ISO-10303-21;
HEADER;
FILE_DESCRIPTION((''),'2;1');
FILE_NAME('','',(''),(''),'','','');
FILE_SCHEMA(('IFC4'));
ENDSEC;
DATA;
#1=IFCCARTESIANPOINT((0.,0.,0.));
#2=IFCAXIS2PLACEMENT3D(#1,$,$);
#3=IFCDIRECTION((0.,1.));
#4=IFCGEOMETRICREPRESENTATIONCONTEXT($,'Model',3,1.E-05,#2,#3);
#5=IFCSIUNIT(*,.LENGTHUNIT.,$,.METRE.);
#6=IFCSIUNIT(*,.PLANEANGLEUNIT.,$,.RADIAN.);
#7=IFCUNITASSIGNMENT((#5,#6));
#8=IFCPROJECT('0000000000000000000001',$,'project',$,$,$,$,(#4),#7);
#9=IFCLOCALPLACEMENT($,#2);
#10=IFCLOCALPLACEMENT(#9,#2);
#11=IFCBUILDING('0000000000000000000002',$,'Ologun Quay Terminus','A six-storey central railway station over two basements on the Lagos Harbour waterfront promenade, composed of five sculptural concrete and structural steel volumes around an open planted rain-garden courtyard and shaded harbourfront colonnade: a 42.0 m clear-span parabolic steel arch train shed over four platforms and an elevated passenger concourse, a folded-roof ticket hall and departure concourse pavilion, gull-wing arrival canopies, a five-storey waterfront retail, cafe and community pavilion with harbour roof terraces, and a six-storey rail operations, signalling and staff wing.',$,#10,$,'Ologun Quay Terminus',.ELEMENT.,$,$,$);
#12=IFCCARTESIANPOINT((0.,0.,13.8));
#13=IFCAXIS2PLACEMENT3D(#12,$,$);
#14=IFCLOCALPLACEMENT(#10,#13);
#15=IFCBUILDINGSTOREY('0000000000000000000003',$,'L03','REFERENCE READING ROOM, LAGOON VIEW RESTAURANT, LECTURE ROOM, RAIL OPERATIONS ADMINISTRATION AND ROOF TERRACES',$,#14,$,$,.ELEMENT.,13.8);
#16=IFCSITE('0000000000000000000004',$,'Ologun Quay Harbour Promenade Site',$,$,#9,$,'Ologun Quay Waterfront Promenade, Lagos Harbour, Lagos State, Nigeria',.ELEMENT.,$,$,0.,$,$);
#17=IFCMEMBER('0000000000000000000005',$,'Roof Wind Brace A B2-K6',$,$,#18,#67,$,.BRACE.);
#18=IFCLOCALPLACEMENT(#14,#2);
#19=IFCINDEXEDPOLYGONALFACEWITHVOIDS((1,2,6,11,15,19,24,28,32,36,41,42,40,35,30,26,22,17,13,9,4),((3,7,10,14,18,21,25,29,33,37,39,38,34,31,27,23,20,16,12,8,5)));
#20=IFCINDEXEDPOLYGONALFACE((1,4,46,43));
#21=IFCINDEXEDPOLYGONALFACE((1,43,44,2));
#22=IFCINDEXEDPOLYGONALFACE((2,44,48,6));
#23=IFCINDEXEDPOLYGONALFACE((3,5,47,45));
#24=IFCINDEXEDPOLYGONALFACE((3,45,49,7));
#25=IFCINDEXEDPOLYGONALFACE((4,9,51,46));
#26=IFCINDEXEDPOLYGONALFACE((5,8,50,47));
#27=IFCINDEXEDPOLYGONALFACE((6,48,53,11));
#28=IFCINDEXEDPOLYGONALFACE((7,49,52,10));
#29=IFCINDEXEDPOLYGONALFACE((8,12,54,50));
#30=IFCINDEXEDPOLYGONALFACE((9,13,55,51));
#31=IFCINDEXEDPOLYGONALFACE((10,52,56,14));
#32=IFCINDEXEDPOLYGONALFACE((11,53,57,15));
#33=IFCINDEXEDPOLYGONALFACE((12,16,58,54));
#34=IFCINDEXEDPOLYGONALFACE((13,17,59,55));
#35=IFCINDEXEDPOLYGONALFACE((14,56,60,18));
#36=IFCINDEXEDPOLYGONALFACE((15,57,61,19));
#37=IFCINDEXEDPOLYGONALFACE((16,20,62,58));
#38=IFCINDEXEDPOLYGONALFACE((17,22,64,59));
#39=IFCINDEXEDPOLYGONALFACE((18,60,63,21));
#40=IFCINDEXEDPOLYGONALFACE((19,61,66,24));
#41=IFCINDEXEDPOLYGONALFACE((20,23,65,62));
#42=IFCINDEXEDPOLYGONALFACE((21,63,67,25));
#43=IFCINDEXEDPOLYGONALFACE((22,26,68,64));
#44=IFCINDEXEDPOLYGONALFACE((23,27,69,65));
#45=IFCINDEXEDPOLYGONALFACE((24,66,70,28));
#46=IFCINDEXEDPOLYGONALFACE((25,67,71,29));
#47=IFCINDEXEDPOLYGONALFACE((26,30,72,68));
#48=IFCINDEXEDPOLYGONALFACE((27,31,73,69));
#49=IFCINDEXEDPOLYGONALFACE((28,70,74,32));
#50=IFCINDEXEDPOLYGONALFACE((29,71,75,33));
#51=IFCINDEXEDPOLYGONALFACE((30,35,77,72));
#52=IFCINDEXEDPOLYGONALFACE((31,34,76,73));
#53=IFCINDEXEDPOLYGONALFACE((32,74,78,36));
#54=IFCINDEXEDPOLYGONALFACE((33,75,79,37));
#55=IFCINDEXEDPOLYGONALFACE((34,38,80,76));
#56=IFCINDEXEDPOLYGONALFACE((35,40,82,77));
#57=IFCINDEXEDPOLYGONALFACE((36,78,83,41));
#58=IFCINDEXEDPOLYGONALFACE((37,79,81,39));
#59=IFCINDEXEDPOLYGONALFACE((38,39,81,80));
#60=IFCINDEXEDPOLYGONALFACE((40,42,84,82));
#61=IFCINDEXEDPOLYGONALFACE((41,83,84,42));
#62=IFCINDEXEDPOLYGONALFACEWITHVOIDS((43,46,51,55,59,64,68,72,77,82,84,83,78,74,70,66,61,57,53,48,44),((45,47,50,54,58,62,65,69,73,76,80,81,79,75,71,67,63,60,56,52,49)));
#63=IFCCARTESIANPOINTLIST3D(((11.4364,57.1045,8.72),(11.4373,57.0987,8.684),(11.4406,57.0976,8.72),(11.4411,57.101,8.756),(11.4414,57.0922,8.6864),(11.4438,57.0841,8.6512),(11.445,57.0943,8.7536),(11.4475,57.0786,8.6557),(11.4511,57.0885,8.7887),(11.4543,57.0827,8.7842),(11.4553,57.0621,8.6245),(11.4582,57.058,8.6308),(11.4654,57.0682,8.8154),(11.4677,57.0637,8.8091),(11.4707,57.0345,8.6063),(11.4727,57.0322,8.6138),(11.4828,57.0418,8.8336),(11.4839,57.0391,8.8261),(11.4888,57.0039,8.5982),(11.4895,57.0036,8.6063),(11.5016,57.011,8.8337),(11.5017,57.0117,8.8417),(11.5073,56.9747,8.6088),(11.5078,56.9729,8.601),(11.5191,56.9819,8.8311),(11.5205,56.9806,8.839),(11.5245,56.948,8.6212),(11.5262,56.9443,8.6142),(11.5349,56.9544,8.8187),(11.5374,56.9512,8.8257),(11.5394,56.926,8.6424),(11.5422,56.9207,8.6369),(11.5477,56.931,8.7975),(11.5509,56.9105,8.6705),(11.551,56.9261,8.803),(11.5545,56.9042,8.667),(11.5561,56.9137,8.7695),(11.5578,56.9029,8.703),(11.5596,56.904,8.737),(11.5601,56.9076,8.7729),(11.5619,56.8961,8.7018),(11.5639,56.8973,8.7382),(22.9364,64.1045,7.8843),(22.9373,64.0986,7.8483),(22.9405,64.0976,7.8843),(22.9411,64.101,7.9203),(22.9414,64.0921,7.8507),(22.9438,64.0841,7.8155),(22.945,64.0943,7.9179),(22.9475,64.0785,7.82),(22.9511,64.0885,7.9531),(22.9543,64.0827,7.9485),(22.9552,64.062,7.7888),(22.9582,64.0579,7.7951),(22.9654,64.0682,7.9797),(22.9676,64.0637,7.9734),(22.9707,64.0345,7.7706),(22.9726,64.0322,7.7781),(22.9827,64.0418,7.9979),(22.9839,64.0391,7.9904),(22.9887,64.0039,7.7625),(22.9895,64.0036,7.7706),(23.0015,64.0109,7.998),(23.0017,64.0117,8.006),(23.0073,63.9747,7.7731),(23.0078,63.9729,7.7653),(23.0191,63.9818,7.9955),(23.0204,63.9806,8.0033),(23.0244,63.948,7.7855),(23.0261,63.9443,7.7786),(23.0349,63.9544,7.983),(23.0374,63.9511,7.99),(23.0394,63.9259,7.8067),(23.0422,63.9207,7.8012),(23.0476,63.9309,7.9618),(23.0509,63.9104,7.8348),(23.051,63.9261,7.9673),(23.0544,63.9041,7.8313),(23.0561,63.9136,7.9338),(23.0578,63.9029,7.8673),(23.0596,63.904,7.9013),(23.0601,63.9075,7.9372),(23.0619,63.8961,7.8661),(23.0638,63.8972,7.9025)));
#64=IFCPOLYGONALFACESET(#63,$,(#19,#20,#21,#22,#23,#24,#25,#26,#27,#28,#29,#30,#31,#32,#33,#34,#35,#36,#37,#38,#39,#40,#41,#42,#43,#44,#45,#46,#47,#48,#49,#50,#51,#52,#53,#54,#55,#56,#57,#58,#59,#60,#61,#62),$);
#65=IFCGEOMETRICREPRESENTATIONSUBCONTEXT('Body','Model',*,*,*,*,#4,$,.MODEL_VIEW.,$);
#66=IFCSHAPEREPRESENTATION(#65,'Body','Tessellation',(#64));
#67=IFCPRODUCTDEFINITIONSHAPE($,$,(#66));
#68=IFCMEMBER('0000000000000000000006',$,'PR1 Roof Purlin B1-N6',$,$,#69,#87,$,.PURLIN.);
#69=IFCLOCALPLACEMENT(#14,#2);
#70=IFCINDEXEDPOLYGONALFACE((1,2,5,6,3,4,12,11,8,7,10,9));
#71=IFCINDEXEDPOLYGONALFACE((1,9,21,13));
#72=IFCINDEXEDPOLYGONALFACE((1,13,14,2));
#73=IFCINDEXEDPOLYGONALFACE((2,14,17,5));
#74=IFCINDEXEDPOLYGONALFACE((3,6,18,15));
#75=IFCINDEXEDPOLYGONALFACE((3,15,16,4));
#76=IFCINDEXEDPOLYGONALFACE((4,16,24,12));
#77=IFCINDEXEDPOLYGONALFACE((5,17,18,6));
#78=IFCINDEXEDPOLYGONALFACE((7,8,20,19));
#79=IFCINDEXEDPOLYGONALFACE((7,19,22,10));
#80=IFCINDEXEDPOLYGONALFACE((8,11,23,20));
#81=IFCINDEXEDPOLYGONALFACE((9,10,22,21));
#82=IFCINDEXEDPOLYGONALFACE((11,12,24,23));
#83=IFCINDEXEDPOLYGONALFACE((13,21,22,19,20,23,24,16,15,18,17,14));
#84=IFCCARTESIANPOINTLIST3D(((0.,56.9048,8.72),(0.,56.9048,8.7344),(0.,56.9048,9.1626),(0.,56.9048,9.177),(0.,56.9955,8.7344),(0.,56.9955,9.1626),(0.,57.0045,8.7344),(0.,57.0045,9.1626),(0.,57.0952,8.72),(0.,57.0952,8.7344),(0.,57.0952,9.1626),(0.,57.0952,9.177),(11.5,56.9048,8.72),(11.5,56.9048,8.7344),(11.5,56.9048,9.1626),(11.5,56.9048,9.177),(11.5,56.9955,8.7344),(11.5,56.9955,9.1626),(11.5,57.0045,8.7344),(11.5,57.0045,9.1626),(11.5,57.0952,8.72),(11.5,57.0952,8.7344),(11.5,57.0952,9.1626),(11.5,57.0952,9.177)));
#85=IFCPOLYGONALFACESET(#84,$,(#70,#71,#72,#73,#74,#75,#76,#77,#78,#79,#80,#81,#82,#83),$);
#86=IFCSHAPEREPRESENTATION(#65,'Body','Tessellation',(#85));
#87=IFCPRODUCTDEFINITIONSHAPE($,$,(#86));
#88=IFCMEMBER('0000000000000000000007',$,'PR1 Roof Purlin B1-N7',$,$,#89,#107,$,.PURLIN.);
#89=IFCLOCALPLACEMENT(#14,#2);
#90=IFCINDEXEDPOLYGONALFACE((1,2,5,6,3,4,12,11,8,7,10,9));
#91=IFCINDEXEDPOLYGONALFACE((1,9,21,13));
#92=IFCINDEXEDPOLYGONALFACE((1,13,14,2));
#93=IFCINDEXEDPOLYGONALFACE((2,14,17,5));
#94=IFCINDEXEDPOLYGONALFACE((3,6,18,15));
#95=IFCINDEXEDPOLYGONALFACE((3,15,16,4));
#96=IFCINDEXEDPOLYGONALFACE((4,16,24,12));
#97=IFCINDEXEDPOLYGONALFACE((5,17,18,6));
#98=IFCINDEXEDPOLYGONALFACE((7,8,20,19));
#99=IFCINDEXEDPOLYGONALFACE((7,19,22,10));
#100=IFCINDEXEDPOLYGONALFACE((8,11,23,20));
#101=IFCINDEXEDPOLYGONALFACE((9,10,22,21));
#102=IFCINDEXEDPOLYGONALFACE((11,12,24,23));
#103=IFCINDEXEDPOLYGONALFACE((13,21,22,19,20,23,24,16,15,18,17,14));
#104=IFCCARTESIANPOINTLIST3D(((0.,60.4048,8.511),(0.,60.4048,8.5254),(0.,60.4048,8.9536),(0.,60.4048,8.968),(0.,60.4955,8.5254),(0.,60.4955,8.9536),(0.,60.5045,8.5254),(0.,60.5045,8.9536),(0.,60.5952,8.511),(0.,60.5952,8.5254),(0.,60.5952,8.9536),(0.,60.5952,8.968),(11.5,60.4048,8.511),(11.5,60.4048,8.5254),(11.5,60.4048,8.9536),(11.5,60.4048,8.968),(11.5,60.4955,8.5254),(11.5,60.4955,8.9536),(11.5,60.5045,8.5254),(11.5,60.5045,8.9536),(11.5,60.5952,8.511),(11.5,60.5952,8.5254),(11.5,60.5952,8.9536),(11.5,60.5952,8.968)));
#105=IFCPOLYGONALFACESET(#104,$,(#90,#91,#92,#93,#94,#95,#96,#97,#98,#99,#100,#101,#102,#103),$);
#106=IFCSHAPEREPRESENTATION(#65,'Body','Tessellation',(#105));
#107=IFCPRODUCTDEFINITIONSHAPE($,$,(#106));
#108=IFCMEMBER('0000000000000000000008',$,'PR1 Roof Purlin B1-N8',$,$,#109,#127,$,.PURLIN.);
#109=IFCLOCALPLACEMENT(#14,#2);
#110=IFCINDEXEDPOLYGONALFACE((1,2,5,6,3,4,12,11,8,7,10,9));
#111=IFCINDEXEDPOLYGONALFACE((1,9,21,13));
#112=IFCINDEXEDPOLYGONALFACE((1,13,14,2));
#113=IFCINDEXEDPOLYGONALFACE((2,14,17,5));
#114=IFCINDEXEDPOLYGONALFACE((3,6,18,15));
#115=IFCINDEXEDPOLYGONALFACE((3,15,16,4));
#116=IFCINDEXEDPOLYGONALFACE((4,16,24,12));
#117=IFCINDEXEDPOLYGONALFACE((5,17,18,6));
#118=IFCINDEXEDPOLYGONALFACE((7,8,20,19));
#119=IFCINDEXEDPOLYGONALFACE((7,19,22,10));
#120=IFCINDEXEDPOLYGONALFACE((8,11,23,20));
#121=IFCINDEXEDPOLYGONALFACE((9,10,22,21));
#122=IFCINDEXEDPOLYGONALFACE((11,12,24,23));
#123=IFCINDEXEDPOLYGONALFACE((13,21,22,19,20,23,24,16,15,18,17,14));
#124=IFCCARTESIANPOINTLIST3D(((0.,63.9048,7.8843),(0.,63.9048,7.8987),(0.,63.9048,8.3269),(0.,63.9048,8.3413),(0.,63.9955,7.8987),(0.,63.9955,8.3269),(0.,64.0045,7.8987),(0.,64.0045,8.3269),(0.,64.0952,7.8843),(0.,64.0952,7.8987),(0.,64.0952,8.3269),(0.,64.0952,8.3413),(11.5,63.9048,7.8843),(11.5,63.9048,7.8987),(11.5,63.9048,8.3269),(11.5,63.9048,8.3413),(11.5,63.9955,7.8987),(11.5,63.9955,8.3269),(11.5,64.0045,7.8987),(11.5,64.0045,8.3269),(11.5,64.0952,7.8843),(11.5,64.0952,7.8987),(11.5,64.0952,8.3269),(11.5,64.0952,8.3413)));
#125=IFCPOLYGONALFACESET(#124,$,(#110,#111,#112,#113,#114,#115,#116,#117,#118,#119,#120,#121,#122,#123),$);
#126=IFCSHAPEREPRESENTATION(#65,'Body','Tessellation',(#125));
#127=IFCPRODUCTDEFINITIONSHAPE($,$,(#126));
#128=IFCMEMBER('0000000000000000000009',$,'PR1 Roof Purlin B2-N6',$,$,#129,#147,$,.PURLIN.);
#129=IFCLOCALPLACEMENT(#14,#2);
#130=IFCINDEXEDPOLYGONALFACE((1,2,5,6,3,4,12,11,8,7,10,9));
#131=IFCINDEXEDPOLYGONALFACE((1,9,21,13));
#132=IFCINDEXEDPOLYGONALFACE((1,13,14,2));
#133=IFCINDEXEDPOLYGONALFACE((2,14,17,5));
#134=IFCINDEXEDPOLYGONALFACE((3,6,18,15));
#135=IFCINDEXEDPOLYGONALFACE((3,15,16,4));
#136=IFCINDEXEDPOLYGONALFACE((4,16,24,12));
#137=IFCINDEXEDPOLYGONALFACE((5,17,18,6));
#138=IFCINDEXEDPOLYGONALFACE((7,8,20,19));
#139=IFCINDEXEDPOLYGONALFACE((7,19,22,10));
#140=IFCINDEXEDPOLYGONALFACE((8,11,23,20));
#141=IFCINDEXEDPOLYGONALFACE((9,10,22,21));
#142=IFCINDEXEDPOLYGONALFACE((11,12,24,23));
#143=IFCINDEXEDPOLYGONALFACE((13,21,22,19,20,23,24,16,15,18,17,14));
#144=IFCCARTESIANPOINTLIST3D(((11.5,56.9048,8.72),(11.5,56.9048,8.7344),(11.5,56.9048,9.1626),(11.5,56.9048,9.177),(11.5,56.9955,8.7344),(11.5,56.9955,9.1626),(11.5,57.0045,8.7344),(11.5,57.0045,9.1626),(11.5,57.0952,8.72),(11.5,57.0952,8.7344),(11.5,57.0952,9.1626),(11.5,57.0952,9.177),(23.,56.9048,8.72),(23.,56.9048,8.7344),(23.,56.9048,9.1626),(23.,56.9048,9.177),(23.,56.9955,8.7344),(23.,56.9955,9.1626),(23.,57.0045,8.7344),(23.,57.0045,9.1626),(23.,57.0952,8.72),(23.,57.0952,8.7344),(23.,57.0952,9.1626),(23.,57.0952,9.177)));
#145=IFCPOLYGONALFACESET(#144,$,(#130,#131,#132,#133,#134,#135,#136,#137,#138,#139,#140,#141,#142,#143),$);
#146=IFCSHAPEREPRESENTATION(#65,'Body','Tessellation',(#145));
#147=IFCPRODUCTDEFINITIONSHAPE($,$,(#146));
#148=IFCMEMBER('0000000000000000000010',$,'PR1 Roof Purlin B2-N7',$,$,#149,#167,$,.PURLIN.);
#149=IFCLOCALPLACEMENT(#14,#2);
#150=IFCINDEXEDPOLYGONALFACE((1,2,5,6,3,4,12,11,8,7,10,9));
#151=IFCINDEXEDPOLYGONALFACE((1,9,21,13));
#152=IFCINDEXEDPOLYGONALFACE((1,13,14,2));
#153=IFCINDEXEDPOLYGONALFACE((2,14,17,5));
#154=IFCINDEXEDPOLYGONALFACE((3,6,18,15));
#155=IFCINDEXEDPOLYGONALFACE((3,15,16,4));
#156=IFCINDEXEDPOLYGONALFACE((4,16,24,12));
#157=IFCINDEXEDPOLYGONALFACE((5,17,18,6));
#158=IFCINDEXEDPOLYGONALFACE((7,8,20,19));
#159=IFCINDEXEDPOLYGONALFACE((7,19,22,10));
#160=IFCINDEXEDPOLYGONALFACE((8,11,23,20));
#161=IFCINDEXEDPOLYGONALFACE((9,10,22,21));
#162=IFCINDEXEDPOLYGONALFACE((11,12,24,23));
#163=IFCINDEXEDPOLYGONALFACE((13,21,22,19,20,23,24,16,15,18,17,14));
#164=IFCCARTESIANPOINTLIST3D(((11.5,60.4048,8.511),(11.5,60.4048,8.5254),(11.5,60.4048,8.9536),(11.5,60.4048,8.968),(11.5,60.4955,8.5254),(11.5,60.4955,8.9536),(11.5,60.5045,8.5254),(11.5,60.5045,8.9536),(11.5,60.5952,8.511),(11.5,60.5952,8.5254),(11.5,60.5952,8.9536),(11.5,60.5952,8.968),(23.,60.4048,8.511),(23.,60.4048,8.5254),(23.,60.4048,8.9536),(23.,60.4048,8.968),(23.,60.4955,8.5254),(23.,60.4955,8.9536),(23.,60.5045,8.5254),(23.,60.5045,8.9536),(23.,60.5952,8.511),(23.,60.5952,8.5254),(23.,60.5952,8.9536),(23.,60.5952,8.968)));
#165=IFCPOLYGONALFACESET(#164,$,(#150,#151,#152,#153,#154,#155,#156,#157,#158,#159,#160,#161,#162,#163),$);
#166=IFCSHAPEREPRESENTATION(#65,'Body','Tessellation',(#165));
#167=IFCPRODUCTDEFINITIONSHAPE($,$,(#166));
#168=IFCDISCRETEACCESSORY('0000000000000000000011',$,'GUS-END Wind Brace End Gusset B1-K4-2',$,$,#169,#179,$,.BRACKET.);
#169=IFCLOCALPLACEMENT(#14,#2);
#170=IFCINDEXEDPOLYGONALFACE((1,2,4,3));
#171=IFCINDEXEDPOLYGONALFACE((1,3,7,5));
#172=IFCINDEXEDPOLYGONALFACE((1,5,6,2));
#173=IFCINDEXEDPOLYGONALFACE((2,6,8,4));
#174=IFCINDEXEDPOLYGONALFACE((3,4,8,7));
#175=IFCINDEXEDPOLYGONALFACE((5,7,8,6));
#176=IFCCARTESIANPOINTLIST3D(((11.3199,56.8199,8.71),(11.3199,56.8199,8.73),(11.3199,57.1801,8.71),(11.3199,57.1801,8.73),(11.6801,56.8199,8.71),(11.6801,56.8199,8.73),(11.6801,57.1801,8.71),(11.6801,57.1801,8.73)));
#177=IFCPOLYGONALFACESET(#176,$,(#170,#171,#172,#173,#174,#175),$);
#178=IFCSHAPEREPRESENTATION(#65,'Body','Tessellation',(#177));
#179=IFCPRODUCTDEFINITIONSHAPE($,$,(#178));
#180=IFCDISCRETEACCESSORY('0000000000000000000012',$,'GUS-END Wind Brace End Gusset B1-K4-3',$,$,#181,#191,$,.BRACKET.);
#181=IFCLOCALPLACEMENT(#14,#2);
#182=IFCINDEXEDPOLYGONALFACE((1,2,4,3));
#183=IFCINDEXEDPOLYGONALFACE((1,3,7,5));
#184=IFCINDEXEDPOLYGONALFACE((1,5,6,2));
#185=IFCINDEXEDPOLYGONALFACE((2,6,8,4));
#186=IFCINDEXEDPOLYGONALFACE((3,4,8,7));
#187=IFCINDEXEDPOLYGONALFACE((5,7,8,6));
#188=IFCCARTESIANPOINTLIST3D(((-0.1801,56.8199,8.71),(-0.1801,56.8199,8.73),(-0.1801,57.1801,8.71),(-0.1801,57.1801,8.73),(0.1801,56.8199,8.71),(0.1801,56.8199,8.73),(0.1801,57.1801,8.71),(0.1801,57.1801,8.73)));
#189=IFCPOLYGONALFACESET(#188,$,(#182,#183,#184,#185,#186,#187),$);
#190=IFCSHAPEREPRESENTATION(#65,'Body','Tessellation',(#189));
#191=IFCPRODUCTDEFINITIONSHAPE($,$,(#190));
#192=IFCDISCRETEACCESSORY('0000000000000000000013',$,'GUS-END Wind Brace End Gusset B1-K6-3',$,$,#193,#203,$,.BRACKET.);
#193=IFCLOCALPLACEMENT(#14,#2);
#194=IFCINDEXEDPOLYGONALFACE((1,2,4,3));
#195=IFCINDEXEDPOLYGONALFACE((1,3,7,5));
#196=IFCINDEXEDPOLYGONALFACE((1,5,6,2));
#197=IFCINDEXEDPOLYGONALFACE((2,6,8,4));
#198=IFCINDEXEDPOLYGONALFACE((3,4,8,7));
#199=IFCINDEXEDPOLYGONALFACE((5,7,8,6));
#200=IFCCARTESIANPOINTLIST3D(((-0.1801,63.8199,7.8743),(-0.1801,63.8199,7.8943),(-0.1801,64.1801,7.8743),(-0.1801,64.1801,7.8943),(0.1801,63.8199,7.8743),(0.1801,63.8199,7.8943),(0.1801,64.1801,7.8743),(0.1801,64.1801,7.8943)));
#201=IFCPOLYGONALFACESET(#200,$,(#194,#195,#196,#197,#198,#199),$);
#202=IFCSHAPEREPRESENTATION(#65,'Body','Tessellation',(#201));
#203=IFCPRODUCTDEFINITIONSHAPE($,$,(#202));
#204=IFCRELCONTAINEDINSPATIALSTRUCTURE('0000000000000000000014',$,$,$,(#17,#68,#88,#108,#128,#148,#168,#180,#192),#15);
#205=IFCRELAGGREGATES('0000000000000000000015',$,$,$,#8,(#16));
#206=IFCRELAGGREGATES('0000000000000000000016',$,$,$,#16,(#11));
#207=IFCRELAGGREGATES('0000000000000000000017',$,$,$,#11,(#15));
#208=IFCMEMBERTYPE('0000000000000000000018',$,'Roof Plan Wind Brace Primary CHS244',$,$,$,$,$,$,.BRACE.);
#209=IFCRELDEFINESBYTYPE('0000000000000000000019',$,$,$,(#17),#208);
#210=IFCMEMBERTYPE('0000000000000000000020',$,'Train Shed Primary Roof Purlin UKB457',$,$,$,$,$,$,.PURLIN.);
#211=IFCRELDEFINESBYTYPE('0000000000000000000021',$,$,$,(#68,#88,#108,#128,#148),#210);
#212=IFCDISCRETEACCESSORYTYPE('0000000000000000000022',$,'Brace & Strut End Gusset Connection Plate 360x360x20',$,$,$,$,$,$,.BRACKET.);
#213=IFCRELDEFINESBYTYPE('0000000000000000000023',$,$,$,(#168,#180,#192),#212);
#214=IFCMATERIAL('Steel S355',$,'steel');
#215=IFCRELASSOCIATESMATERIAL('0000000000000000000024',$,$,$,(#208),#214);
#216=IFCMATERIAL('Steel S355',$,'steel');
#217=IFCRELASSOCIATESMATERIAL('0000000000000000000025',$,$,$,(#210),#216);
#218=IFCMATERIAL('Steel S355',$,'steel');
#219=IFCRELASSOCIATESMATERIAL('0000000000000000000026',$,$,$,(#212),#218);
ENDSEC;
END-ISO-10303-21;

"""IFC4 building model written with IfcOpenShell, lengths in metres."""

from ifc_helpers import new_model, si_unit, direction, frame, origin, origin_2d, place, context, subcontext, project, spatial, rectangle, hollow_circle, i_section, extrude, material, material_profile, profile_set, type_object, element, save


model = new_model("IFC4")

# Units and contexts
model_context = context("Model", 3, precision=1e-05, world=origin(), true_north=direction((0.0, 1.0)))
body_context = subcontext(model_context, "Body", "Model", "MODEL_VIEW")
ifc_project = project(units=[si_unit("LENGTHUNIT", "METRE"), si_unit("PLANEANGLEUNIT", "RADIAN")], contexts=[model_context])

# Site, building, storey
site_placement = place(None, origin())
site = spatial("IfcSite", under=ifc_project, at=site_placement, Name="Ologun Quay Harbour Promenade Site", LongName="Ologun Quay Waterfront Promenade, Lagos Harbour, Lagos State, Nigeria", CompositionType="ELEMENT", RefElevation=0.0)
building_placement = place(site_placement, origin())
building = spatial("IfcBuilding", under=site, at=building_placement, Name="Ologun Quay Terminus", Description="A six-storey central railway station over two basements on the Lagos Harbour waterfront promenade, composed of five sculptural concrete and structural steel volumes around an open planted rain-garden courtyard and shaded harbourfront colonnade: a 42.0 m clear-span parabolic steel arch train shed over four platforms and an elevated passenger concourse, a folded-roof ticket hall and departure concourse pavilion, gull-wing arrival canopies, a five-storey waterfront retail, cafe and community pavilion with harbour roof terraces, and a six-storey rail operations, signalling and staff wing.", LongName="Ologun Quay Terminus", CompositionType="ELEMENT")
storey_placement = place(building_placement, frame((0.0, 0.0, 13.8)))
storey = spatial("IfcBuildingStorey", under=building, at=storey_placement, Name="L03", Description="REFERENCE READING ROOM, LAGOON VIEW RESTAURANT, LECTURE ROOM, RAIL OPERATIONS ADMINISTRATION AND ROOF TERRACES", CompositionType="ELEMENT", Elevation=13.8)

# Members
ifc_material_1 = material(Name="Steel S355", Category="steel")
ifc_material_profile_1 = material_profile(ifc_material_1, hollow_circle(Radius=0.1223, WallThickness=0.0081, at=origin_2d()), Name="CHS 244.5x8")
ifc_profile_set_1 = profile_set([ifc_material_profile_1], Name="Steel S355")
member_type_1 = type_object("IfcMemberType", Name="Roof Plan Wind Brace Primary CHS244", PredefinedType="BRACE", material=ifc_profile_set_1)
member_1_placement = place(storey_placement, frame((11.5, 57.0, 8.72), z_axis=(0.852558, 0.518948, -0.061954), x_axis=(-0.519947, 0.854199, 0.0)))
element("IfcMember", 1, at=member_1_placement, inside=storey, type_object=member_type_1, Name="Roof Wind Brace A B2-K6", PredefinedType="BRACE", context=body_context, shape_type="SweptSolid", body=[
    extrude(hollow_circle(Radius=0.1223, WallThickness=0.0081, at=origin_2d()), origin(), (0.0, 0.0, 1.0), 13.4888),
])
ifc_material_2 = material(Name="Steel S355", Category="steel")
ifc_material_profile_2 = material_profile(ifc_material_2, i_section(OverallWidth=0.1904, OverallDepth=0.457, WebThickness=0.009, FlangeThickness=0.0144, at=origin_2d()), Name="UKB 457x191x74")
ifc_profile_set_2 = profile_set([ifc_material_profile_2], Name="Steel S355")
member_type_2 = type_object("IfcMemberType", Name="Train Shed Primary Roof Purlin UKB457", PredefinedType="PURLIN", material=ifc_profile_set_2)
for number, where, z_axis, x_axis, name in (
    (2, (0.0, 57.0, 8.9485), (1.0, 0.0, 0.0), (0.0, 1.0, 0.0), "PR1 Roof Purlin B1-N6"),
    (3, (0.0, 60.5, 8.7395), (1.0, 0.0, 0.0), (0.0, 1.0, 0.0), "PR1 Roof Purlin B1-N7"),
    (4, (0.0, 64.0, 8.1128), (1.0, 0.0, 0.0), (0.0, 1.0, 0.0), "PR1 Roof Purlin B1-N8"),
    (5, (11.5, 57.0, 8.9485), (1.0, 0.0, 0.0), (0.0, 1.0, 0.0), "PR1 Roof Purlin B2-N6"),
    (6, (11.5, 60.5, 8.7395), (1.0, 0.0, 0.0), (0.0, 1.0, 0.0), "PR1 Roof Purlin B2-N7"),
):
    element("IfcMember", number, at=place(storey_placement, frame(where, z_axis=z_axis, x_axis=x_axis)), inside=storey, type_object=member_type_2, Name=name, PredefinedType="PURLIN", context=body_context, shape_type="SweptSolid", body=[
        extrude(i_section(OverallWidth=0.1904, OverallDepth=0.457, WebThickness=0.009, FlangeThickness=0.0144, at=origin_2d()), origin(), (0.0, 0.0, 1.0), 11.5),
    ])

# Discrete accessories
ifc_material_3 = material(Name="Steel S355", Category="steel")
discrete_accessory_type_1 = type_object("IfcDiscreteAccessoryType", Name="Brace & Strut End Gusset Connection Plate 360x360x20", PredefinedType="BRACKET", material=ifc_material_3)
for number, where, z_axis, x_axis, name in (
    (7, (11.5, 57.0, 8.71), (0.0, 0.0, 1.0), (1.0, 0.0, 0.0), "GUS-END Wind Brace End Gusset B1-K4-2"),
    (8, (0.0, 57.0, 8.71), (0.0, 0.0, 1.0), (1.0, 0.0, 0.0), "GUS-END Wind Brace End Gusset B1-K4-3"),
    (9, (0.0, 64.0, 7.8743), (0.0, 0.0, 1.0), (1.0, 0.0, 0.0), "GUS-END Wind Brace End Gusset B1-K6-3"),
):
    element("IfcDiscreteAccessory", number, at=place(storey_placement, frame(where, z_axis=z_axis, x_axis=x_axis)), inside=storey, type_object=discrete_accessory_type_1, Name=name, PredefinedType="BRACKET", context=body_context, shape_type="SweptSolid", body=[
        extrude(rectangle(XDim=0.3601, YDim=0.3601, at=origin_2d()), origin(), (0.0, 0.0, 1.0), 0.02),
    ])

save(model, "model.ifc")
